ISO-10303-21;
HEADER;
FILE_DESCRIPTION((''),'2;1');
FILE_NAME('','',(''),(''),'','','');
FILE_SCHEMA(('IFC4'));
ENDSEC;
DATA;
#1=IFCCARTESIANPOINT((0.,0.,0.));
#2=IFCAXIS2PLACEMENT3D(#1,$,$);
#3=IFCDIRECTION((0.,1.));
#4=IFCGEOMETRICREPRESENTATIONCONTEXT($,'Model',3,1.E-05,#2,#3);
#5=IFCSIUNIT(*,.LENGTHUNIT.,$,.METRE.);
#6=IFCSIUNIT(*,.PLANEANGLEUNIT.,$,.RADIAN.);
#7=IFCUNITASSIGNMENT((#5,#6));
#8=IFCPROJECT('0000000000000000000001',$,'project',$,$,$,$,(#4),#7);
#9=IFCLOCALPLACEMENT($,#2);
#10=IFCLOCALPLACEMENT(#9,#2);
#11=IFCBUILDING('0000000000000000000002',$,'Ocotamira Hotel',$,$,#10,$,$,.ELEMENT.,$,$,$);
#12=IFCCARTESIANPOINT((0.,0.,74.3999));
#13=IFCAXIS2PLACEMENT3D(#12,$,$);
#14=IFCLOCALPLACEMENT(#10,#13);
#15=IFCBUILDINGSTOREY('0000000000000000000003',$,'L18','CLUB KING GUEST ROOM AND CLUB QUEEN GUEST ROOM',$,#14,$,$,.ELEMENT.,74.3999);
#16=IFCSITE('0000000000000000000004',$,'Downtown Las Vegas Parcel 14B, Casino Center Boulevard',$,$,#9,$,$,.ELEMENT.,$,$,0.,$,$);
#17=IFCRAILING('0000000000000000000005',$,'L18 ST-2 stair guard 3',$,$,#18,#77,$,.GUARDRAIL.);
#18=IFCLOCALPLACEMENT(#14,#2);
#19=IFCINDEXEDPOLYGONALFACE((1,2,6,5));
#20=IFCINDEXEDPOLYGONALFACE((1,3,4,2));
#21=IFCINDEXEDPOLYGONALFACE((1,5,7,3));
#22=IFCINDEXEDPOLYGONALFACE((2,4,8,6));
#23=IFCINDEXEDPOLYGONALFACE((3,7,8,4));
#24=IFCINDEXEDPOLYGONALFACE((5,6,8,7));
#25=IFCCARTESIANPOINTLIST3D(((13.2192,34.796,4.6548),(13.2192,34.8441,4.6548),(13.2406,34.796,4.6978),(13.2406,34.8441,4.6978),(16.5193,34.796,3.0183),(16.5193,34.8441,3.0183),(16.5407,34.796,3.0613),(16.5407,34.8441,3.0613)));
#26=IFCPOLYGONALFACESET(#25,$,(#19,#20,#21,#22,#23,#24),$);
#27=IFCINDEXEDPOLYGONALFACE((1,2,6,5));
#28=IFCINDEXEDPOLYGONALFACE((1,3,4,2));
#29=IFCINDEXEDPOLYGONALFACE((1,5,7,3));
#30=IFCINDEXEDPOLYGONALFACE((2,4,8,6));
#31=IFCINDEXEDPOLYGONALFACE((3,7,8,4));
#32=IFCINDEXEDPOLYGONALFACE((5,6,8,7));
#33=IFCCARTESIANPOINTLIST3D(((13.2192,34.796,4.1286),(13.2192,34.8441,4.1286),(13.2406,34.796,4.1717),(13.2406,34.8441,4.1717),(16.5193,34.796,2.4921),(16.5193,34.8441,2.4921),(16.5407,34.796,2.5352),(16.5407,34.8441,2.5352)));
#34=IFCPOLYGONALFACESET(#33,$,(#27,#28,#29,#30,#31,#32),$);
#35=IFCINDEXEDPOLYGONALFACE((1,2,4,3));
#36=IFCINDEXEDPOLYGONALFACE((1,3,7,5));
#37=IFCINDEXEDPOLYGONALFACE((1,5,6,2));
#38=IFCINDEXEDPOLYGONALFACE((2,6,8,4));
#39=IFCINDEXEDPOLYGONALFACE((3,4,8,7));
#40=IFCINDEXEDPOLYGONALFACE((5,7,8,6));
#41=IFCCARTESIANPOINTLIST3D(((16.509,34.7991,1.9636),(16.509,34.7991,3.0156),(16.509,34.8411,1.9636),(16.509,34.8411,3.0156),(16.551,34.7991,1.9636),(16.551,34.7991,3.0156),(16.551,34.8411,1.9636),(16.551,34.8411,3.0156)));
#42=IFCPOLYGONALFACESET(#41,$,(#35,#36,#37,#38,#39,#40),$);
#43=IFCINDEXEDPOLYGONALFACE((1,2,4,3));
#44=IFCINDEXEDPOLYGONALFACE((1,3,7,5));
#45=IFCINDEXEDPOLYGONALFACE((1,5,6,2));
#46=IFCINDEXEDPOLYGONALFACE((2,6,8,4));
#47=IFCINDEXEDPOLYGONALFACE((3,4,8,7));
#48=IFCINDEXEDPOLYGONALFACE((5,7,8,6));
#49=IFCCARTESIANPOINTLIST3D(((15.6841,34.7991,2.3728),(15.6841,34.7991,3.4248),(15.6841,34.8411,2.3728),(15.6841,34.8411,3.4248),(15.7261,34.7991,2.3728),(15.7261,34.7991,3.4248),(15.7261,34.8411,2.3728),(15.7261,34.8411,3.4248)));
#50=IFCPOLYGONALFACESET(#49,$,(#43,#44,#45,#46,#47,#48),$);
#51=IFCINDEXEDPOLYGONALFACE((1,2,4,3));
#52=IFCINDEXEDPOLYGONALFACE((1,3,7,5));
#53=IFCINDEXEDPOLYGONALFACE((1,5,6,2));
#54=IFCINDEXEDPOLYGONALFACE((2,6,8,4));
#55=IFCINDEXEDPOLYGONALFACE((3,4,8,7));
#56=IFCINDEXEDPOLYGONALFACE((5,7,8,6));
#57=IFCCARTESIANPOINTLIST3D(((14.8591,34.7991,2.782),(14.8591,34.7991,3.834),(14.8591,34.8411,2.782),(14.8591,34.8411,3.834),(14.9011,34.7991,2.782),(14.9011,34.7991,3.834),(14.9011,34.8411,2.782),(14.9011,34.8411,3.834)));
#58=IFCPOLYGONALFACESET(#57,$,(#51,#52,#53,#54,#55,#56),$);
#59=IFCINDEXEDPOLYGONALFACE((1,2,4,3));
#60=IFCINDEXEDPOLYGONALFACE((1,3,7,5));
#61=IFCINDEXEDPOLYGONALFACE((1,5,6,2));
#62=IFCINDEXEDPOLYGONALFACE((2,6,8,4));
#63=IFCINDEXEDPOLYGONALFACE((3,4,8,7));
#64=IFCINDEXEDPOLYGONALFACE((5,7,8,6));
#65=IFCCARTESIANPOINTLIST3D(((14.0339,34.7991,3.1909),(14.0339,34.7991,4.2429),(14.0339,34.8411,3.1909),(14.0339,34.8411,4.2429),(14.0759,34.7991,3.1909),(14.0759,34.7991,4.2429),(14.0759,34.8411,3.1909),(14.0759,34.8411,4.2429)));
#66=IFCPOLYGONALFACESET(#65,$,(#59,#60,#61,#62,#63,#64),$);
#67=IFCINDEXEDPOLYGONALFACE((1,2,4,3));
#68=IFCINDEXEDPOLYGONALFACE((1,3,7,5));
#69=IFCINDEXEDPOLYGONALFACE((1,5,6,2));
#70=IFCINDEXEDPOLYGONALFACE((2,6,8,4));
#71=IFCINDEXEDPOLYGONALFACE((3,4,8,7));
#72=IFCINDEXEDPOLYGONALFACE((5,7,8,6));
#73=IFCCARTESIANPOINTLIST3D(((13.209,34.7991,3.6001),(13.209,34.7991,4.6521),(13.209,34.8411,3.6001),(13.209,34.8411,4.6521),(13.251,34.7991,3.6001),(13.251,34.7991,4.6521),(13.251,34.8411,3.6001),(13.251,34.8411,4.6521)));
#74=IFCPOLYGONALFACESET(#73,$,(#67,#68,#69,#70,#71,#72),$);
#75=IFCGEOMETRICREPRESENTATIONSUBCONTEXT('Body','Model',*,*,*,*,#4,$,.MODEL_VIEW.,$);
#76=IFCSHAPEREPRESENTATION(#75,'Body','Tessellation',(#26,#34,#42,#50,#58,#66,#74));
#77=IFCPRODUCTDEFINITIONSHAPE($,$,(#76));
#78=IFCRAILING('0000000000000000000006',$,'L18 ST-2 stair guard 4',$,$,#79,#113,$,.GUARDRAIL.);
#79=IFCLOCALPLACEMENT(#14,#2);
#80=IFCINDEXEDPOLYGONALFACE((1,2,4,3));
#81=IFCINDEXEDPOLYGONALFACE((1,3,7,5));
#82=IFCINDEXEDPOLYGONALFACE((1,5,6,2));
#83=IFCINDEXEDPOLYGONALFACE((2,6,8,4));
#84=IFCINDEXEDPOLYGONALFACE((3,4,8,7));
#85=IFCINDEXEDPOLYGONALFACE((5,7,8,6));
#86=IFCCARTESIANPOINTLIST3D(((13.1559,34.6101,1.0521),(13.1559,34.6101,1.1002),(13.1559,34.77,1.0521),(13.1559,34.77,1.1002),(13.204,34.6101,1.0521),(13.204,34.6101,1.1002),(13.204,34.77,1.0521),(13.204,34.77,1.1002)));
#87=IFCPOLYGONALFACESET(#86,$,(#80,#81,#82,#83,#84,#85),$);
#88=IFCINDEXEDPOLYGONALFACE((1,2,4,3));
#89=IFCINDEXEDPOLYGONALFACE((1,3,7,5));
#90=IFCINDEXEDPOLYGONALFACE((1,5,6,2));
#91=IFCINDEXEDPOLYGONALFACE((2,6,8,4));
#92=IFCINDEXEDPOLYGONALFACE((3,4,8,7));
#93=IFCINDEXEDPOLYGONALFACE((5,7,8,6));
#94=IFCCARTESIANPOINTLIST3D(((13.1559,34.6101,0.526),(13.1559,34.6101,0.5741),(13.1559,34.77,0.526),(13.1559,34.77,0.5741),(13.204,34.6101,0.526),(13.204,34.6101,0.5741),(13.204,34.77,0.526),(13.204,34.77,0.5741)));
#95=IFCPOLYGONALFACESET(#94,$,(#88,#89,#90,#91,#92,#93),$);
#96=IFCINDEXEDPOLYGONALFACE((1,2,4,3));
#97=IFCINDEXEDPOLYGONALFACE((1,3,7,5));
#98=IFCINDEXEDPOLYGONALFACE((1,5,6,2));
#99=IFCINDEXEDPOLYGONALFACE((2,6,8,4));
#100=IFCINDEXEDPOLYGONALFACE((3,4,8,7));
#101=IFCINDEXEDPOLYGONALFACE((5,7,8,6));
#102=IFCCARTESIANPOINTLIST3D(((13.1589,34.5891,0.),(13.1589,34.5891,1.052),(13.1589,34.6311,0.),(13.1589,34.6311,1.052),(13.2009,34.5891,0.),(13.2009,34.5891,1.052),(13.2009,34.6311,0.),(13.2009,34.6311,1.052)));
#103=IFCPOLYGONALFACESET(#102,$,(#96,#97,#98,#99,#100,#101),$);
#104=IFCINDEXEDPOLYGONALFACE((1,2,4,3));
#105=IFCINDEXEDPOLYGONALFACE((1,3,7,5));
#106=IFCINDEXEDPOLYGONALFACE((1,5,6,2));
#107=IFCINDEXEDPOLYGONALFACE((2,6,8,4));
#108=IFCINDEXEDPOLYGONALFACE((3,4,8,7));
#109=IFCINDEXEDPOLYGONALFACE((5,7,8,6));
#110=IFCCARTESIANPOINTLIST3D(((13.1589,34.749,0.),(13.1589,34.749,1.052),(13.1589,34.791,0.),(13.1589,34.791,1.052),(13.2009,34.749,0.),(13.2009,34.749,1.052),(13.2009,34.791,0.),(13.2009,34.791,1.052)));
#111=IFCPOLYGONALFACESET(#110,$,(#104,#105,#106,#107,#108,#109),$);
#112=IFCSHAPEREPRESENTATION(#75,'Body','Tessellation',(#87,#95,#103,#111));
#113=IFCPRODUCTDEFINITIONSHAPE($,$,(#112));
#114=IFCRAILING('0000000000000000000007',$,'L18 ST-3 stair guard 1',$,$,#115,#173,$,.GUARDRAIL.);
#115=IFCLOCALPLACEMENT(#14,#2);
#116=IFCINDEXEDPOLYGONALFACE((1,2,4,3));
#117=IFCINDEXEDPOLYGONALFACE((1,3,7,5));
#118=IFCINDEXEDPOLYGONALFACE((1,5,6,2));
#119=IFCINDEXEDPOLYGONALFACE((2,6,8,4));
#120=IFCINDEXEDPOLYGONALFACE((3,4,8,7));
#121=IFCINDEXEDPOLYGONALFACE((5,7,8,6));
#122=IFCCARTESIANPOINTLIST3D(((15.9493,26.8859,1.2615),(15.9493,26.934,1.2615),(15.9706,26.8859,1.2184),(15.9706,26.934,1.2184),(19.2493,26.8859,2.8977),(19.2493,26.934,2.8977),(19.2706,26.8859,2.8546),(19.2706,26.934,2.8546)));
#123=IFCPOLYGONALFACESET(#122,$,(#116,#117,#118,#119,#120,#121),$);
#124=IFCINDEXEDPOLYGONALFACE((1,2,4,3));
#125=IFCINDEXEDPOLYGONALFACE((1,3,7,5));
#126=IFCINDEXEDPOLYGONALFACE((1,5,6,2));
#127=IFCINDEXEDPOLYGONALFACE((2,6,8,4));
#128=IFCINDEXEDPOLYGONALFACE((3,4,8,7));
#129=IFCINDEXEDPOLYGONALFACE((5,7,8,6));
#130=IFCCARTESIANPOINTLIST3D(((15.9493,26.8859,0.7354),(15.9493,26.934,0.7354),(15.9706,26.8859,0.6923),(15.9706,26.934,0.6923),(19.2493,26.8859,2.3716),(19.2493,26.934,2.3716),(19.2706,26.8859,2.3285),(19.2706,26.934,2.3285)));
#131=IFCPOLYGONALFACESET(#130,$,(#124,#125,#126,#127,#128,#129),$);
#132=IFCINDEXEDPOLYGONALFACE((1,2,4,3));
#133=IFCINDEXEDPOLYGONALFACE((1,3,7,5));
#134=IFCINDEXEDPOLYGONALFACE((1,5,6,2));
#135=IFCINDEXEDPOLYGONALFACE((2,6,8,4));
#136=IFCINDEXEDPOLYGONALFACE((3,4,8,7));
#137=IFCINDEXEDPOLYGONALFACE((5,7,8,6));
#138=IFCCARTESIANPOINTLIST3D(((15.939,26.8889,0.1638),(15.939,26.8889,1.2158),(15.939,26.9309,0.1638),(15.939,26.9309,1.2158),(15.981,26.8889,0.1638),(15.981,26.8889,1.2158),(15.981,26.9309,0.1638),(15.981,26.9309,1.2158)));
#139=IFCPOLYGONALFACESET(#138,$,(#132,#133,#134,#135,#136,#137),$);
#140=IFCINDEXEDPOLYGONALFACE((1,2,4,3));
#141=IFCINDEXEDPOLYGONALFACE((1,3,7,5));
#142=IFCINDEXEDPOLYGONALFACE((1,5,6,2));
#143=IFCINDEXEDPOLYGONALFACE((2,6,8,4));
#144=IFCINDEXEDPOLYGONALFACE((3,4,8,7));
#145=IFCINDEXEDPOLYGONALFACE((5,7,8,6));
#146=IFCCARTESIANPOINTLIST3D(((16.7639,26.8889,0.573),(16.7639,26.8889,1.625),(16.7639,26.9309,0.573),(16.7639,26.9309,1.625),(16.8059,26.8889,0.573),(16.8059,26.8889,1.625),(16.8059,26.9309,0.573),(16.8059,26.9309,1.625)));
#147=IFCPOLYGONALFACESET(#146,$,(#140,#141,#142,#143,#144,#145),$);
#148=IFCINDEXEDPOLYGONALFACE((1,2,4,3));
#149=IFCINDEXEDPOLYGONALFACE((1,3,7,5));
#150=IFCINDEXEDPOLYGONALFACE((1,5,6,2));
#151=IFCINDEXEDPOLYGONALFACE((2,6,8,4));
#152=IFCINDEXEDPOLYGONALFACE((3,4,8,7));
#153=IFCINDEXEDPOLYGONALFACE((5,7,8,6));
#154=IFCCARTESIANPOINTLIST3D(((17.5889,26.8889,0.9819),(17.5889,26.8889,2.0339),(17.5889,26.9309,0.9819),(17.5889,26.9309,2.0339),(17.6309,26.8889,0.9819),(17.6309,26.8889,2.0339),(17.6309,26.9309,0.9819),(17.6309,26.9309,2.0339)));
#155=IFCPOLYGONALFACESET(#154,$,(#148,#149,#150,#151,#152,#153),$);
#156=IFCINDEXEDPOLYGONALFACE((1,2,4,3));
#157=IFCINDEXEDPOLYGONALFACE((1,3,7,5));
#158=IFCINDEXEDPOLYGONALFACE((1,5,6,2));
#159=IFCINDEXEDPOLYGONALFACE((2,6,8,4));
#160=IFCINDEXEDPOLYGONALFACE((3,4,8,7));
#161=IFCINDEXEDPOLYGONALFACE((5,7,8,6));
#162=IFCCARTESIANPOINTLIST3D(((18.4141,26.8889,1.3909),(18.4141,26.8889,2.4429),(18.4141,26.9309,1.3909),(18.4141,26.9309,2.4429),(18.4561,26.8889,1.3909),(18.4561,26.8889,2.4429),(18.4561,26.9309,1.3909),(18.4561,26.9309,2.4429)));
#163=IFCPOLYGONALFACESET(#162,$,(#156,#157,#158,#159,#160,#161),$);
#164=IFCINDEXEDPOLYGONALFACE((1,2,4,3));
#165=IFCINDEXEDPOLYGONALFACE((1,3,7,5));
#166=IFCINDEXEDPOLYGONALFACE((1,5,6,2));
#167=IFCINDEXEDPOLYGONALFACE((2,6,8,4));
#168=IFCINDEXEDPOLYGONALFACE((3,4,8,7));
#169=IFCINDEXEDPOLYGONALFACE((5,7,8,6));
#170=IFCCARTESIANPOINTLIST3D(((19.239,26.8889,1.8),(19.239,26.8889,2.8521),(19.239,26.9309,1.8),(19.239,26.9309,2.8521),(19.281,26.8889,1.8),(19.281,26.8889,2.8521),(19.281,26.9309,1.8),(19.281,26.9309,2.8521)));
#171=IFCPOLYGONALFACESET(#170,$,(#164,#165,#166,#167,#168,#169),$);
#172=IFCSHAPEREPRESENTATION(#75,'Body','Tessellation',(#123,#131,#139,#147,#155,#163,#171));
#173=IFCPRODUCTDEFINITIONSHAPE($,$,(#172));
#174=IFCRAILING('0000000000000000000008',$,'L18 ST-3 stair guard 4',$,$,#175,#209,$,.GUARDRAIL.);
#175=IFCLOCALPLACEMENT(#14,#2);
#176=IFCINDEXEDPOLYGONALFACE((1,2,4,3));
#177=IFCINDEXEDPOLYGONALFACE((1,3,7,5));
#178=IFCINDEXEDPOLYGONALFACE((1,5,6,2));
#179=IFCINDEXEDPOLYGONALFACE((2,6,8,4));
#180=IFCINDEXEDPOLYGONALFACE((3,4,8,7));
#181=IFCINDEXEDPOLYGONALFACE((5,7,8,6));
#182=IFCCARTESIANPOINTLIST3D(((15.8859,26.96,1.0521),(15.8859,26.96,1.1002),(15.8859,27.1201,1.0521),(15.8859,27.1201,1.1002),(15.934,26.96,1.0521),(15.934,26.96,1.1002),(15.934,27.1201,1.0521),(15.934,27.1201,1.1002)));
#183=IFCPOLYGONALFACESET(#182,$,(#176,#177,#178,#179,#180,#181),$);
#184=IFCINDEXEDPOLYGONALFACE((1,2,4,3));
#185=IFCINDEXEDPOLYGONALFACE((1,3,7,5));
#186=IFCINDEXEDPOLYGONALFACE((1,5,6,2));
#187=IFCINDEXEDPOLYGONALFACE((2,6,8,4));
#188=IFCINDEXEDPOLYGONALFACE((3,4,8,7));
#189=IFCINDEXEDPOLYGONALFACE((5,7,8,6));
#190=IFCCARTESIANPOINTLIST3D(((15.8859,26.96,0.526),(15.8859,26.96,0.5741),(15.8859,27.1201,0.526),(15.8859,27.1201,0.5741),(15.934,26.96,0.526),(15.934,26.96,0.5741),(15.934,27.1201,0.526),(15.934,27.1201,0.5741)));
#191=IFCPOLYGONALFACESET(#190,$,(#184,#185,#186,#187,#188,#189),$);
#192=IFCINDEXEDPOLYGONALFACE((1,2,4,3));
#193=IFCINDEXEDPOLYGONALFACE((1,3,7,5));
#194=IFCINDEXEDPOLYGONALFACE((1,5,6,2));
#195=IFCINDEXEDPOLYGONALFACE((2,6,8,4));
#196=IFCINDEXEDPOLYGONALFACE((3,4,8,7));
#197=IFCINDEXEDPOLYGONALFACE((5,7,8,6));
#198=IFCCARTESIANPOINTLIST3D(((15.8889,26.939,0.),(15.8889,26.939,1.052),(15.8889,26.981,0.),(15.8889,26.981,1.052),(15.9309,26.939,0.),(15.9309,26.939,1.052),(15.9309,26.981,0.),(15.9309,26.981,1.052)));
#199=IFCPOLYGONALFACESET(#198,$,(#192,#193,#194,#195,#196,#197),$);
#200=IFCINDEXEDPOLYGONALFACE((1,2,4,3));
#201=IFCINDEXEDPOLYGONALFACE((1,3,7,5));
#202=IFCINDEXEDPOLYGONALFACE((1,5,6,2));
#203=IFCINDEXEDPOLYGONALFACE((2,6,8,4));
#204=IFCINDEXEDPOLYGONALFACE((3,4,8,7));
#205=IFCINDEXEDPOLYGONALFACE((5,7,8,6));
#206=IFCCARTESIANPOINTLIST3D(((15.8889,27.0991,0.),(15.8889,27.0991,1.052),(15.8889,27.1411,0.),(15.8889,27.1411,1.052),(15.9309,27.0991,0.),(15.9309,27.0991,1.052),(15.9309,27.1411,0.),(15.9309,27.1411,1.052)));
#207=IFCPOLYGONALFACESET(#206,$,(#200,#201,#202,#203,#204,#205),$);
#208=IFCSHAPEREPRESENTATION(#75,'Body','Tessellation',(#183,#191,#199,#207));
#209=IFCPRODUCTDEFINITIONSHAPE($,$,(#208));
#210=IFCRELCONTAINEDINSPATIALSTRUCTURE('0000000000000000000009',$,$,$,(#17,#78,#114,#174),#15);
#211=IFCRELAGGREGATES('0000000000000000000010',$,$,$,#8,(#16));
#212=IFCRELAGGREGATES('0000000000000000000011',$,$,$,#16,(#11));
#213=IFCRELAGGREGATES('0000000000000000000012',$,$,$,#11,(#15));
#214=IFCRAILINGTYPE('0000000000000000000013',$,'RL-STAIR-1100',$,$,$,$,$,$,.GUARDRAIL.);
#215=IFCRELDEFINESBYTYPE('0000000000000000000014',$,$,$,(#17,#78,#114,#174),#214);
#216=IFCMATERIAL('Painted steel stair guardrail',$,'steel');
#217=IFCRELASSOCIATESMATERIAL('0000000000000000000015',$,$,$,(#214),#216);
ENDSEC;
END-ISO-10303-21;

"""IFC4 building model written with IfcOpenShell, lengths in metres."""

from ifc_helpers import new_model, si_unit, direction, frame, origin, origin_2d, place, context, subcontext, project, spatial, rectangle, extrude, material, type_object, element, save


model = new_model("IFC4")

# Units and contexts
model_context = context("Model", 3, precision=1e-05, world=origin(), true_north=direction((0.0, 1.0)))
body_context = subcontext(model_context, "Body", "Model", "MODEL_VIEW")
ifc_project = project(units=[si_unit("LENGTHUNIT", "METRE"), si_unit("PLANEANGLEUNIT", "RADIAN")], contexts=[model_context])

# Site, building, storey
site_placement = place(None, origin())
site = spatial("IfcSite", under=ifc_project, at=site_placement, Name="Downtown Las Vegas Parcel 14B, Casino Center Boulevard", CompositionType="ELEMENT", RefElevation=0.0)
building_placement = place(site_placement, origin())
building = spatial("IfcBuilding", under=site, at=building_placement, Name="Ocotamira Hotel", CompositionType="ELEMENT")
storey_placement = place(building_placement, frame((0.0, 0.0, 74.3999)))
storey = spatial("IfcBuildingStorey", under=building, at=storey_placement, Name="L18", Description="CLUB KING GUEST ROOM AND CLUB QUEEN GUEST ROOM", CompositionType="ELEMENT", Elevation=74.3999)

# Railings
ifc_material_1 = material(Name="Painted steel stair guardrail", Category="steel")
railing_type_1 = type_object("IfcRailingType", Name="RL-STAIR-1100", PredefinedType="GUARDRAIL", material=ifc_material_1)
railing_1_placement = place(storey_placement, frame((16.53, 34.8201, 1.9636)))
element("IfcRailing", 1, at=railing_1_placement, inside=storey, type_object=railing_type_1, Name="L18 ST-2 stair guard 3", PredefinedType="GUARDRAIL", context=body_context, shape_type="SweptSolid", body=[
    extrude(rectangle(XDim=0.0481, YDim=0.0481, at=origin_2d()), frame((0.0, 0.0, 1.0762), z_axis=(-0.895894, 0.0, 0.444268), x_axis=(0.0, -1.0, 0.0)), (0.0, 0.0, 1.0), 3.6836),
    extrude(rectangle(XDim=0.0481, YDim=0.0481, at=origin_2d()), frame((0.0, 0.0, 0.55), z_axis=(-0.895894, 0.0, 0.444268), x_axis=(0.0, -1.0, 0.0)), (0.0, 0.0, 1.0), 3.6836),
    extrude(rectangle(XDim=0.042, YDim=0.042, at=origin_2d()), origin(), (0.0, 0.0, 1.0), 1.052),
    extrude(rectangle(XDim=0.042, YDim=0.042, at=origin_2d()), frame((-0.825, 0.0, 0.4092)), (0.0, 0.0, 1.0), 1.052),
    extrude(rectangle(XDim=0.042, YDim=0.042, at=origin_2d()), frame((-1.6499, 0.0, 0.8184)), (0.0, 0.0, 1.0), 1.052),
    extrude(rectangle(XDim=0.042, YDim=0.042, at=origin_2d()), frame((-2.4751, 0.0, 1.2273)), (0.0, 0.0, 1.0), 1.052),
    extrude(rectangle(XDim=0.042, YDim=0.042, at=origin_2d()), frame((-3.3, 0.0, 1.6365)), (0.0, 0.0, 1.0), 1.052),
])
railing_2_placement = place(storey_placement, frame((13.1799, 34.6101, 0.0)))
element("IfcRailing", 2, at=railing_2_placement, inside=storey, type_object=railing_type_1, Name="L18 ST-2 stair guard 4", PredefinedType="GUARDRAIL", context=body_context, shape_type="SweptSolid", body=[
    extrude(rectangle(XDim=0.0481, YDim=0.0481, at=origin_2d()), frame((0.0, 0.0, 1.0762), z_axis=(0.0, 1.0, 0.0), x_axis=(-1.0, 0.0, 0.0)), (0.0, 0.0, 1.0), 0.1599),
    extrude(rectangle(XDim=0.0481, YDim=0.0481, at=origin_2d()), frame((0.0, 0.0, 0.55), z_axis=(0.0, 1.0, 0.0), x_axis=(-1.0, 0.0, 0.0)), (0.0, 0.0, 1.0), 0.1599),
    extrude(rectangle(XDim=0.042, YDim=0.042, at=origin_2d()), origin(), (0.0, 0.0, 1.0), 1.052),
    extrude(rectangle(XDim=0.042, YDim=0.042, at=origin_2d()), frame((0.0, 0.1599, 0.0)), (0.0, 0.0, 1.0), 1.052),
])
railing_3_placement = place(storey_placement, frame((15.96, 26.9099, 0.1638)))
element("IfcRailing", 3, at=railing_3_placement, inside=storey, type_object=railing_type_1, Name="L18 ST-3 stair guard 1", PredefinedType="GUARDRAIL", context=body_context, shape_type="SweptSolid", body=[
    extrude(rectangle(XDim=0.0481, YDim=0.0481, at=origin_2d()), frame((0.0, 0.0, 1.0762), z_axis=(0.89592, 0.0, 0.444215), x_axis=(0.0, 1.0, 0.0)), (0.0, 0.0, 1.0), 3.6833),
    extrude(rectangle(XDim=0.0481, YDim=0.0481, at=origin_2d()), frame((0.0, 0.0, 0.55), z_axis=(0.89592, 0.0, 0.444215), x_axis=(0.0, 1.0, 0.0)), (0.0, 0.0, 1.0), 3.6833),
    extrude(rectangle(XDim=0.042, YDim=0.042, at=origin_2d()), origin(), (0.0, 0.0, 1.0), 1.052),
    extrude(rectangle(XDim=0.042, YDim=0.042, at=origin_2d()), frame((0.825, 0.0, 0.4092)), (0.0, 0.0, 1.0), 1.052),
    extrude(rectangle(XDim=0.042, YDim=0.042, at=origin_2d()), frame((1.6499, 0.0, 0.8181)), (0.0, 0.0, 1.0), 1.052),
    extrude(rectangle(XDim=0.042, YDim=0.042, at=origin_2d()), frame((2.4751, 0.0, 1.2271)), (0.0, 0.0, 1.0), 1.052),
    extrude(rectangle(XDim=0.042, YDim=0.042, at=origin_2d()), frame((3.3, 0.0, 1.6362)), (0.0, 0.0, 1.0), 1.052),
])
railing_4_placement = place(storey_placement, frame((15.9099, 26.96, 0.0)))
element("IfcRailing", 4, at=railing_4_placement, inside=storey, type_object=railing_type_1, Name="L18 ST-3 stair guard 4", PredefinedType="GUARDRAIL", context=body_context, shape_type="SweptSolid", body=[
    extrude(rectangle(XDim=0.0481, YDim=0.0481, at=origin_2d()), frame((0.0, 0.0, 1.0762), z_axis=(0.0, 1.0, 0.0), x_axis=(-1.0, 0.0, 0.0)), (0.0, 0.0, 1.0), 0.1602),
    extrude(rectangle(XDim=0.0481, YDim=0.0481, at=origin_2d()), frame((0.0, 0.0, 0.55), z_axis=(0.0, 1.0, 0.0), x_axis=(-1.0, 0.0, 0.0)), (0.0, 0.0, 1.0), 0.1602),
    extrude(rectangle(XDim=0.042, YDim=0.042, at=origin_2d()), origin(), (0.0, 0.0, 1.0), 1.052),
    extrude(rectangle(XDim=0.042, YDim=0.042, at=origin_2d()), frame((0.0, 0.1602, 0.0)), (0.0, 0.0, 1.0), 1.052),
])

save(model, "model.ifc")
